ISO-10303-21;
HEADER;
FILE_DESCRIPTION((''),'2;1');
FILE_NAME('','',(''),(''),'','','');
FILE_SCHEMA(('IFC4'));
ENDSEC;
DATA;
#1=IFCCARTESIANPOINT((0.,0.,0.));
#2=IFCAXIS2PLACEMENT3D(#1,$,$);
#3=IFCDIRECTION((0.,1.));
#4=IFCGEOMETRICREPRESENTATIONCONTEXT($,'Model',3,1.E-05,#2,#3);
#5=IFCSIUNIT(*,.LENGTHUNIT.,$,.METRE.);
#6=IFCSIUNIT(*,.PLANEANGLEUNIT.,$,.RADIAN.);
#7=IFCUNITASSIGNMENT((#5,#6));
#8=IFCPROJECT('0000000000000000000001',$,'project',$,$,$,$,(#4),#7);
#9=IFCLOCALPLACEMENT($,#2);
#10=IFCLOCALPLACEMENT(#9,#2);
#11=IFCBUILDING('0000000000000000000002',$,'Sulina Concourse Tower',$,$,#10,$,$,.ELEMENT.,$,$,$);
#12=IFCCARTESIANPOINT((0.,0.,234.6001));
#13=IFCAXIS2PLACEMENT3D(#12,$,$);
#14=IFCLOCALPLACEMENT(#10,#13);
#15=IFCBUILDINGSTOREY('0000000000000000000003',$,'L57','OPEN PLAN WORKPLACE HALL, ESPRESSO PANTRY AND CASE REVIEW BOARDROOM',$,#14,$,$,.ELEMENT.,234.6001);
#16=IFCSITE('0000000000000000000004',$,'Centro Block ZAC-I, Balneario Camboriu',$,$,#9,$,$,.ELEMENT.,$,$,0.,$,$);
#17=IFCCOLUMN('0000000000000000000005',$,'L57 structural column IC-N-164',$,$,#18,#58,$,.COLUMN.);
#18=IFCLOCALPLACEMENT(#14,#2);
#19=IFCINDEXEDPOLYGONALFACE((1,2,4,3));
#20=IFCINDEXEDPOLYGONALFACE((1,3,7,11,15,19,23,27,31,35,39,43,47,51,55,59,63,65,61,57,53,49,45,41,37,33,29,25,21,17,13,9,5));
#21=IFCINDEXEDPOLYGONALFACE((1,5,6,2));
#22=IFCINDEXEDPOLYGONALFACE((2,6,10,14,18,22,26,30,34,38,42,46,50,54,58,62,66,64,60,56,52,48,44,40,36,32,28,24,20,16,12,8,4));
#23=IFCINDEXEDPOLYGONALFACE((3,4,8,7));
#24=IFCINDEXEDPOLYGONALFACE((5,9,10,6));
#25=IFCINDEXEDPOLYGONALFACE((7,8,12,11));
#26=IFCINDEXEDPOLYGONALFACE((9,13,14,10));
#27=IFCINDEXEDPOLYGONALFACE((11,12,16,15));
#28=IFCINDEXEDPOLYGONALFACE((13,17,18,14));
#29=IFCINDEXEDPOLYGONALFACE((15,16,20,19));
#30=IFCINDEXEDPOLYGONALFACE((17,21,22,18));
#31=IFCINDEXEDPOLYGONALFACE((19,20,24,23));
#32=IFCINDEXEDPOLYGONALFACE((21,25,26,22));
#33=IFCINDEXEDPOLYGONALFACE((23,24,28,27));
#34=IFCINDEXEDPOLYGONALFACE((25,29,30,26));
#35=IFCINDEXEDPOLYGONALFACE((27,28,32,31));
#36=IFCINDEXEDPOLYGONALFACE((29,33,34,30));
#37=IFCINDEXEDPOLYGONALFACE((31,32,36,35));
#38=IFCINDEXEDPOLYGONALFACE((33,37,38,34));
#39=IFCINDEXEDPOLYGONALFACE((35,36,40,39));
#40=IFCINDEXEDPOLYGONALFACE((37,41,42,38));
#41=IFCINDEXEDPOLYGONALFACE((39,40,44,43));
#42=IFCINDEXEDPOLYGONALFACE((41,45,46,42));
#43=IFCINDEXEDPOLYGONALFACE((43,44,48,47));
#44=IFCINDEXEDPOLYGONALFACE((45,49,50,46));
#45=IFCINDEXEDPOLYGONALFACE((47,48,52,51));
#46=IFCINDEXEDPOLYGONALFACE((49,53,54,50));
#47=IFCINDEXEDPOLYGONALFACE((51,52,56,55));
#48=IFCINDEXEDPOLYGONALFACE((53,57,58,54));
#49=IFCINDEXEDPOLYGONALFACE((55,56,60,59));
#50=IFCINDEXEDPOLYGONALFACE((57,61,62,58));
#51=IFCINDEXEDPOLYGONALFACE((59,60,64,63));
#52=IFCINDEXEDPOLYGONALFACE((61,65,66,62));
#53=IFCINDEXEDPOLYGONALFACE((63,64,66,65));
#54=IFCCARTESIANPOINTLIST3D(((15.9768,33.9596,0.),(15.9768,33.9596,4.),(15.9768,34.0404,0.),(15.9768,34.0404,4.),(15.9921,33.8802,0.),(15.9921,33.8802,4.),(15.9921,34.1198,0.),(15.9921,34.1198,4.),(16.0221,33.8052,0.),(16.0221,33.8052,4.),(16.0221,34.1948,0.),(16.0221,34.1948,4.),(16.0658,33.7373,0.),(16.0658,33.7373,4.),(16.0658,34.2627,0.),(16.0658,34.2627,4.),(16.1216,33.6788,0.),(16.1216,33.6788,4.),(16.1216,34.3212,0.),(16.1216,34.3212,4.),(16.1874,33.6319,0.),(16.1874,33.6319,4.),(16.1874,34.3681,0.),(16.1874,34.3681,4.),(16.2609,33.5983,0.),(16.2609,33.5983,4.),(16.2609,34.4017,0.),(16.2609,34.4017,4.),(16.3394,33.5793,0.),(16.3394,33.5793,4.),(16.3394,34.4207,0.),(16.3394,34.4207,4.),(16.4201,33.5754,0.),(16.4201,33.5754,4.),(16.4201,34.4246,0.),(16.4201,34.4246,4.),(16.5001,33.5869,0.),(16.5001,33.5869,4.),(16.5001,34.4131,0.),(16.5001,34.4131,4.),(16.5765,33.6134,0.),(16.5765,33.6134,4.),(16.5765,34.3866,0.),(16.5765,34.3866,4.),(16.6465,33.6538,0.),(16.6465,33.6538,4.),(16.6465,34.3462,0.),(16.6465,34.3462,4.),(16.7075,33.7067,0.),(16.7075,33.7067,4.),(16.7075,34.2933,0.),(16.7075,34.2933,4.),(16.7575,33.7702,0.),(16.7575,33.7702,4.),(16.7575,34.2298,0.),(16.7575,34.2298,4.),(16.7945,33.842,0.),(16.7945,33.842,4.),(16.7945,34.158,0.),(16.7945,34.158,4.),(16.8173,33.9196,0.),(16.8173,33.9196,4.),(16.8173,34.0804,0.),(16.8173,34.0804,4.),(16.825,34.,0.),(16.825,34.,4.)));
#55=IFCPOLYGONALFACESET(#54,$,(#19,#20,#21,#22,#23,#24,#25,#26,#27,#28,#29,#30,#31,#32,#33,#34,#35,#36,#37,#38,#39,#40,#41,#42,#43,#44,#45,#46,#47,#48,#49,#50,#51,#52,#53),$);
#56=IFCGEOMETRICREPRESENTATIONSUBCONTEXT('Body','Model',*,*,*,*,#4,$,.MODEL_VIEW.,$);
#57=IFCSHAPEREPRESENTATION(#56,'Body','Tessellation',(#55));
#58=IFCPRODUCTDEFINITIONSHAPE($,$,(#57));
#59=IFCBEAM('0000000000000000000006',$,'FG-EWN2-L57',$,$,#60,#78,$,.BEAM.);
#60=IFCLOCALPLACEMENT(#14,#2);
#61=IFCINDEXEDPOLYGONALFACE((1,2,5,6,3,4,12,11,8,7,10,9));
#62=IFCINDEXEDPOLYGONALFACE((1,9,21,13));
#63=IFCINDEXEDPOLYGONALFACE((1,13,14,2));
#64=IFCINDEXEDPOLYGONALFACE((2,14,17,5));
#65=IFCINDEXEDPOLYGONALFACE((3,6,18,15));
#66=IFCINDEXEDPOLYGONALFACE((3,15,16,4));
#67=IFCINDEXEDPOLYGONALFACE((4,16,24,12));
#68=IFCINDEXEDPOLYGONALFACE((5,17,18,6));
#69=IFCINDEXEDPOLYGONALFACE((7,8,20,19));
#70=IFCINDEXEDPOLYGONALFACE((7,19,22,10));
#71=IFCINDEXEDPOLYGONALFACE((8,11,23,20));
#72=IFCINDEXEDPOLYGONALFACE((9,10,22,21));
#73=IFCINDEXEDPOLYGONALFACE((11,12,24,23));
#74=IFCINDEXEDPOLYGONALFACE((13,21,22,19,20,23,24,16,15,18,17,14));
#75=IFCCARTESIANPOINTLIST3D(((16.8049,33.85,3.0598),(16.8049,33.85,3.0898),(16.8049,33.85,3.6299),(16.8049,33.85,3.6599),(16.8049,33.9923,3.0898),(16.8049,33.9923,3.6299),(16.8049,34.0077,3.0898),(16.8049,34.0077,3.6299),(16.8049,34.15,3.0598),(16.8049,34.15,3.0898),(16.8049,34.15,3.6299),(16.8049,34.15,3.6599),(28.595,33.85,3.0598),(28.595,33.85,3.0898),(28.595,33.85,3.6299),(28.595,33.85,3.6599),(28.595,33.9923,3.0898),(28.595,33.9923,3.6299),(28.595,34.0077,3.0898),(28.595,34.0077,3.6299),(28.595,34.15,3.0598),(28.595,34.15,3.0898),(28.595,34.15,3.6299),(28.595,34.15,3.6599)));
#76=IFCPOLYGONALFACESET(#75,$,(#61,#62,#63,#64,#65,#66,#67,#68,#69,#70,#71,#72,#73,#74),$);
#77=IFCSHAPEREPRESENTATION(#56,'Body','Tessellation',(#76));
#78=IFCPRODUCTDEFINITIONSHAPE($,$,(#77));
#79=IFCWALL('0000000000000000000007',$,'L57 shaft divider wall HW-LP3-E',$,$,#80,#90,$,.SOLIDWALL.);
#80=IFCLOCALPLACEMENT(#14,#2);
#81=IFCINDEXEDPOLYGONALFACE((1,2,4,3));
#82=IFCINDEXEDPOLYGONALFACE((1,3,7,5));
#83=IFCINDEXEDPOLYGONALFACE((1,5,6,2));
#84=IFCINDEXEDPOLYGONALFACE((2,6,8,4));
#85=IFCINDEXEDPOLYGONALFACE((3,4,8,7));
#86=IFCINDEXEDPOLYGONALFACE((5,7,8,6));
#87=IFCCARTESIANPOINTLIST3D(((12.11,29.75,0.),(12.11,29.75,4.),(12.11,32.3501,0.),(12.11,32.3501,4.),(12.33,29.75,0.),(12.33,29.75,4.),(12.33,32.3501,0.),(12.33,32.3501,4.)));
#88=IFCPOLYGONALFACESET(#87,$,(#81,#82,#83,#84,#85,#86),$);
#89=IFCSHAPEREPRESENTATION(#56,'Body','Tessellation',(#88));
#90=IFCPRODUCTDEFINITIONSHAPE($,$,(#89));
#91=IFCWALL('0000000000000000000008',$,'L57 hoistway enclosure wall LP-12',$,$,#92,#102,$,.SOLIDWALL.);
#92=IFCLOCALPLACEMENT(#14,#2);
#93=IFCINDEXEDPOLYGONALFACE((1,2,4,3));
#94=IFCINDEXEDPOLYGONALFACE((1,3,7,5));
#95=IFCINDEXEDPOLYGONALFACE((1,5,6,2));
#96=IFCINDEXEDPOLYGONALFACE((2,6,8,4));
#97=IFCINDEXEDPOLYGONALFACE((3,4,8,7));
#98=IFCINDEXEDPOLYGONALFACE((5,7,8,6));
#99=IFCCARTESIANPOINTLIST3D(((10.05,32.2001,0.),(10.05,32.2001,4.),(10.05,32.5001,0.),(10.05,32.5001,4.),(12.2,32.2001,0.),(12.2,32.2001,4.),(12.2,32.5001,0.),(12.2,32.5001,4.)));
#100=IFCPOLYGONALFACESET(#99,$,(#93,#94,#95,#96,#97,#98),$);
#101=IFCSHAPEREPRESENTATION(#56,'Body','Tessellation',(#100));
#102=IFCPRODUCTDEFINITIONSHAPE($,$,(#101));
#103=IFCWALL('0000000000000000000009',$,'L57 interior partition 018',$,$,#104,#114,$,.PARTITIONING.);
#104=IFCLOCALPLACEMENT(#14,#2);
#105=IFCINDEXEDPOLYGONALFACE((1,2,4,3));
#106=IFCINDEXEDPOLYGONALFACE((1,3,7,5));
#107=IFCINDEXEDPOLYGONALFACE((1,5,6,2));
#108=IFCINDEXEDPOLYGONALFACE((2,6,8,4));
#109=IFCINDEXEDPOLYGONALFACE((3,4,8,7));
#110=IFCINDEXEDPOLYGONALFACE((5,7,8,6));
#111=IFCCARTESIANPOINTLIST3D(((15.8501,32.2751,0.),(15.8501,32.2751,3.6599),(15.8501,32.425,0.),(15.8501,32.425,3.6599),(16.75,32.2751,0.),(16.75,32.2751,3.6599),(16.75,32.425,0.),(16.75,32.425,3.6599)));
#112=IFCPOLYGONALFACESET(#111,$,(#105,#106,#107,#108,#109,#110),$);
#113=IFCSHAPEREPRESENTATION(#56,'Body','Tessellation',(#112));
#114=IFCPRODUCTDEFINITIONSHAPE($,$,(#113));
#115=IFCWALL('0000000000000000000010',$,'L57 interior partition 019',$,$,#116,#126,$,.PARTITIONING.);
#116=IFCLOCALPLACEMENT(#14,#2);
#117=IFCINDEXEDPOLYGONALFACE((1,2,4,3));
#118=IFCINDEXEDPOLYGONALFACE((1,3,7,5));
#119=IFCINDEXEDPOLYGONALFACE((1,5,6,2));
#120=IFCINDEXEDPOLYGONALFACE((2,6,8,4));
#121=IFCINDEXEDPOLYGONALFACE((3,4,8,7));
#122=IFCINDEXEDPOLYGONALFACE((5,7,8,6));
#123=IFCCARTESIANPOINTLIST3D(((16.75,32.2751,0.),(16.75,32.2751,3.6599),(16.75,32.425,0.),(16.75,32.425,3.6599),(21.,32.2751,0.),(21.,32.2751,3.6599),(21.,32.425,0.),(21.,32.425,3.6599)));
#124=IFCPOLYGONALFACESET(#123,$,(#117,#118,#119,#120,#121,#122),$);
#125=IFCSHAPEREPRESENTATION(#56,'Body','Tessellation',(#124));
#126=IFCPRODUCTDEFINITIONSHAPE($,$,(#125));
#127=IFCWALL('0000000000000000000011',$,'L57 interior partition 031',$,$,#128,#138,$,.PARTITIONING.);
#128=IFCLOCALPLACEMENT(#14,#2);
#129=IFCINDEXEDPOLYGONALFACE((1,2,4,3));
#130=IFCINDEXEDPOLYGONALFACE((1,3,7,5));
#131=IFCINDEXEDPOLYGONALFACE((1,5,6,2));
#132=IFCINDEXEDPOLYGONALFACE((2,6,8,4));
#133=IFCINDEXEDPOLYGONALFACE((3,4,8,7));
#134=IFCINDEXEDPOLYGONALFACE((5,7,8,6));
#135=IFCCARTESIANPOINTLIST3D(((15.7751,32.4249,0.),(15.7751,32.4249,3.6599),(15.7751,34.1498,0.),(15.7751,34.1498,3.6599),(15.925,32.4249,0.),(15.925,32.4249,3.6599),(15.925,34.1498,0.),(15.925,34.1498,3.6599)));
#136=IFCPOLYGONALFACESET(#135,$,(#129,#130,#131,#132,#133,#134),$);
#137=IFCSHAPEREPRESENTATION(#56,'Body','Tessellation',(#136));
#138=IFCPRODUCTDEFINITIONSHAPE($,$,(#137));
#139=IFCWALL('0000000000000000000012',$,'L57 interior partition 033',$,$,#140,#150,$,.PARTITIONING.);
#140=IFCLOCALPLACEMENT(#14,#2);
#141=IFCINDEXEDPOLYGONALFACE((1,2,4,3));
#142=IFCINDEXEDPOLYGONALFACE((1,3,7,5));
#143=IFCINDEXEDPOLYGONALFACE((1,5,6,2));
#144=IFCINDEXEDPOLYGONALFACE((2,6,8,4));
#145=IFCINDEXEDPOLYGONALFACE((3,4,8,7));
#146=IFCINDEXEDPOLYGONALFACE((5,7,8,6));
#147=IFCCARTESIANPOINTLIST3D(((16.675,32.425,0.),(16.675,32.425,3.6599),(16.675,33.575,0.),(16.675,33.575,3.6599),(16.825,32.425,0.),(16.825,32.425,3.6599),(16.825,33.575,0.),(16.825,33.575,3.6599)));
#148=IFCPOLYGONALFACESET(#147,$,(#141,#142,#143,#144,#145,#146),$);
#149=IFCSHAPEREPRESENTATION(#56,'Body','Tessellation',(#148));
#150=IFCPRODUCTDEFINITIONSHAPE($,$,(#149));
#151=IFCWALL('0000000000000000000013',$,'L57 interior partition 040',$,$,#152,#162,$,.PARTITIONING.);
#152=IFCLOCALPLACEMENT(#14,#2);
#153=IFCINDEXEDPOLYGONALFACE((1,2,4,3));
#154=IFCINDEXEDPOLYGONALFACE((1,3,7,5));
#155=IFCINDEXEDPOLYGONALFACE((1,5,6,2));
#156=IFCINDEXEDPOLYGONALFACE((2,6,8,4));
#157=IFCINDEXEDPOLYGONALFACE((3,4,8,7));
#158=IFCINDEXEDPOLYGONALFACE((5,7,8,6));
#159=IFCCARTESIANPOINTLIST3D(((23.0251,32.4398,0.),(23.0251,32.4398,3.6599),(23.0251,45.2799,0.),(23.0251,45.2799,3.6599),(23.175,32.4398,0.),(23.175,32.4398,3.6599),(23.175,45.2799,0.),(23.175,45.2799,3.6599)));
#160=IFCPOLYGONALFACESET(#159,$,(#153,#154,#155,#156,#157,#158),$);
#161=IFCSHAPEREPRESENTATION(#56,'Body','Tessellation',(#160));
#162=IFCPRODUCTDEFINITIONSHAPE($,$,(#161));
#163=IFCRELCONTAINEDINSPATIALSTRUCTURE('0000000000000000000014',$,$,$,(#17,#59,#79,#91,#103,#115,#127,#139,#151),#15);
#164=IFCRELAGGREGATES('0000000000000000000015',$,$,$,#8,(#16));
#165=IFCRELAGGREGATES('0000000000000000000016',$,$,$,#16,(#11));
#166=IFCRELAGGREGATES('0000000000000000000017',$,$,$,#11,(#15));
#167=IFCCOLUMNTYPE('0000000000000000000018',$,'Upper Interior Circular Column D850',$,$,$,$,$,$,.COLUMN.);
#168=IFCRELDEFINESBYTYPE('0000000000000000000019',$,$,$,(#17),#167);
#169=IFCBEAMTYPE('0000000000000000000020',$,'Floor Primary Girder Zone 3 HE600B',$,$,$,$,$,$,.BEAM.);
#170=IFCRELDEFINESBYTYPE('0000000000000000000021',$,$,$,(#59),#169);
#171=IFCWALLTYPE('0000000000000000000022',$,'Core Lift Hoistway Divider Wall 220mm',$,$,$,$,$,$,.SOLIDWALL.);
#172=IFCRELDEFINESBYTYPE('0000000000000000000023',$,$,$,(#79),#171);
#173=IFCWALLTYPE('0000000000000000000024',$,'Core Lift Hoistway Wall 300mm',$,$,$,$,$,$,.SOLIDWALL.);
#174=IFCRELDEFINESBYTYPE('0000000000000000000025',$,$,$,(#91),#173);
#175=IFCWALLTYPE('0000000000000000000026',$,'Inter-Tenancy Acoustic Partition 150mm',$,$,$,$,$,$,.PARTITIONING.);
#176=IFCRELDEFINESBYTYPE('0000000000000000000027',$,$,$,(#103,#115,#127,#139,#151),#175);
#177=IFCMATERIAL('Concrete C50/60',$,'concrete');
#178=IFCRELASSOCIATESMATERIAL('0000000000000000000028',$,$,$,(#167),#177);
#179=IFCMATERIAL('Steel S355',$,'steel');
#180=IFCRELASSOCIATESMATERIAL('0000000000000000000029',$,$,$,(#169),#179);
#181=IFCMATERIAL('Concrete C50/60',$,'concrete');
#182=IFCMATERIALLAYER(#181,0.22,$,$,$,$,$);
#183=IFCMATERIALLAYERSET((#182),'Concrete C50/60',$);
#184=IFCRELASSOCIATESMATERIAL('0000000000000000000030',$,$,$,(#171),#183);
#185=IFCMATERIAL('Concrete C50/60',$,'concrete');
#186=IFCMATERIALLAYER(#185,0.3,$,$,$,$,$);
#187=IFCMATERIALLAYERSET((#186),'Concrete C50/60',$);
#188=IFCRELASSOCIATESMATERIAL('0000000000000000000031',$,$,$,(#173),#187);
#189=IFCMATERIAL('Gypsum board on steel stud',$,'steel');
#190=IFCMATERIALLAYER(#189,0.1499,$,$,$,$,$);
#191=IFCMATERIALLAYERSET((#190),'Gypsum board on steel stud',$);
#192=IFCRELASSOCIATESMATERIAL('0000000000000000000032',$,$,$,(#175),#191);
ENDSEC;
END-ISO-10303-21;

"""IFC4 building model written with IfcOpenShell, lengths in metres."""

from ifc_helpers import new_model, si_unit, direction, frame, frame_2d, origin, origin_2d, place, context, subcontext, project, spatial, rectangle, circle, i_section, extrude, material, layer, layer_set, material_profile, profile_set, type_object, element, save


model = new_model("IFC4")

# Units and contexts
model_context = context("Model", 3, precision=1e-05, world=origin(), true_north=direction((0.0, 1.0)))
body_context = subcontext(model_context, "Body", "Model", "MODEL_VIEW")
ifc_project = project(units=[si_unit("LENGTHUNIT", "METRE"), si_unit("PLANEANGLEUNIT", "RADIAN")], contexts=[model_context])

# Site, building, storey
site_placement = place(None, origin())
site = spatial("IfcSite", under=ifc_project, at=site_placement, Name="Centro Block ZAC-I, Balneario Camboriu", CompositionType="ELEMENT", RefElevation=0.0)
building_placement = place(site_placement, origin())
building = spatial("IfcBuilding", under=site, at=building_placement, Name="Sulina Concourse Tower", CompositionType="ELEMENT")
storey_placement = place(building_placement, frame((0.0, 0.0, 234.6001)))
storey = spatial("IfcBuildingStorey", under=building, at=storey_placement, Name="L57", Description="OPEN PLAN WORKPLACE HALL, ESPRESSO PANTRY AND CASE REVIEW BOARDROOM", CompositionType="ELEMENT", Elevation=234.6001)

# Column
ifc_material_1 = material(Name="Concrete C50/60", Category="concrete")
ifc_material_profile_1 = material_profile(ifc_material_1, circle(Radius=0.425, at=origin_2d()), Name="RC D850")
ifc_profile_set_1 = profile_set([ifc_material_profile_1], Name="Concrete C50/60")
column_type = type_object("IfcColumnType", Name="Upper Interior Circular Column D850", PredefinedType="COLUMN", material=ifc_profile_set_1)
column_placement = place(storey_placement, frame((16.3999, 34.0, 0.0), z_axis=(0.0, 0.0, 1.0), x_axis=(1.0, 0.0, 0.0)))
element("IfcColumn", 1, at=column_placement, inside=storey, type_object=column_type, Name="L57 structural column IC-N-164", PredefinedType="COLUMN", context=body_context, shape_type="SweptSolid", body=[
    extrude(circle(Radius=0.425, at=origin_2d()), origin(), (0.0, 0.0, 1.0), 4.0),
])

# Beam
ifc_material_2 = material(Name="Steel S355", Category="steel")
ifc_material_profile_2 = material_profile(ifc_material_2, i_section(OverallWidth=0.3, OverallDepth=0.6001, WebThickness=0.0154, FlangeThickness=0.03, at=origin_2d()), Name="HE 600 B")
ifc_profile_set_2 = profile_set([ifc_material_profile_2], Name="Steel S355")
beam_type = type_object("IfcBeamType", Name="Floor Primary Girder Zone 3 HE600B", PredefinedType="BEAM", material=ifc_profile_set_2)
beam_placement = place(storey_placement, frame((16.8049, 34.0, 3.3599), z_axis=(1.0, 0.0, 0.0), x_axis=(0.0, 1.0, 0.0)))
element("IfcBeam", 2, at=beam_placement, inside=storey, type_object=beam_type, Name="FG-EWN2-L57", PredefinedType="BEAM", context=body_context, shape_type="SweptSolid", body=[
    extrude(i_section(OverallWidth=0.3, OverallDepth=0.6001, WebThickness=0.0154, FlangeThickness=0.03, at=origin_2d()), origin(), (0.0, 0.0, 1.0), 11.79),
])

# Walls
ifc_material_3 = material(Name="Concrete C50/60", Category="concrete")
ifc_layer_1 = layer(ifc_material_3, 0.22)
ifc_layer_set_1 = layer_set([ifc_layer_1], Name="Concrete C50/60")
wall_type_1 = type_object("IfcWallType", Name="Core Lift Hoistway Divider Wall 220mm", PredefinedType="SOLIDWALL", material=ifc_layer_set_1)
wall_1_placement = place(storey_placement, frame((12.22, 29.75, 0.0), z_axis=(0.0, 0.0, 1.0), x_axis=(0.0, 1.0, 0.0)))
element("IfcWall", 3, at=wall_1_placement, inside=storey, type_object=wall_type_1, Name="L57 shaft divider wall HW-LP3-E", PredefinedType="SOLIDWALL", context=body_context, shape_type="SweptSolid", body=[
    extrude(rectangle(XDim=2.6001, YDim=0.22, at=frame_2d((1.3, 0.0))), origin(), (0.0, 0.0, 1.0), 4.0),
])
ifc_material_4 = material(Name="Concrete C50/60", Category="concrete")
ifc_layer_2 = layer(ifc_material_4, 0.3)
ifc_layer_set_2 = layer_set([ifc_layer_2], Name="Concrete C50/60")
wall_type_2 = type_object("IfcWallType", Name="Core Lift Hoistway Wall 300mm", PredefinedType="SOLIDWALL", material=ifc_layer_set_2)
wall_2_placement = place(storey_placement, frame((10.05, 32.3501, 0.0), z_axis=(0.0, 0.0, 1.0), x_axis=(1.0, 0.0, 0.0)))
element("IfcWall", 4, at=wall_2_placement, inside=storey, type_object=wall_type_2, Name="L57 hoistway enclosure wall LP-12", PredefinedType="SOLIDWALL", context=body_context, shape_type="SweptSolid", body=[
    extrude(rectangle(XDim=2.1499, YDim=0.3, at=frame_2d((1.075, 0.0))), origin(), (0.0, 0.0, 1.0), 4.0),
])

# Shared definitions
ifc_material_5 = material(Name="Gypsum board on steel stud", Category="steel")
ifc_layer_3 = layer(ifc_material_5, 0.1499)
ifc_layer_set_3 = layer_set([ifc_layer_3], Name="Gypsum board on steel stud")
wall_type_3 = type_object("IfcWallType", Name="Inter-Tenancy Acoustic Partition 150mm", PredefinedType="PARTITIONING", material=ifc_layer_set_3)

# Walls
wall_3_placement = place(storey_placement, frame((15.8501, 32.3501, 0.0), z_axis=(0.0, 0.0, 1.0), x_axis=(1.0, 0.0, 0.0)))
element("IfcWall", 5, at=wall_3_placement, inside=storey, type_object=wall_type_3, Name="L57 interior partition 018", PredefinedType="PARTITIONING", context=body_context, shape_type="SweptSolid", body=[
    extrude(rectangle(XDim=0.8999, YDim=0.1499, at=frame_2d((0.45, 0.0))), origin(), (0.0, 0.0, 1.0), 3.6599),
])
wall_4_placement = place(storey_placement, frame((16.75, 32.3501, 0.0), z_axis=(0.0, 0.0, 1.0), x_axis=(1.0, 0.0, 0.0)))
element("IfcWall", 6, at=wall_4_placement, inside=storey, type_object=wall_type_3, Name="L57 interior partition 019", PredefinedType="PARTITIONING", context=body_context, shape_type="SweptSolid", body=[
    extrude(rectangle(XDim=4.25, YDim=0.1499, at=frame_2d((2.125, 0.0))), origin(), (0.0, 0.0, 1.0), 3.6599),
])
wall_5_placement = place(storey_placement, frame((15.8501, 32.425, 0.0), z_axis=(0.0, 0.0, 1.0), x_axis=(0.0, 1.0, 0.0)))
element("IfcWall", 7, at=wall_5_placement, inside=storey, type_object=wall_type_3, Name="L57 interior partition 031", PredefinedType="PARTITIONING", context=body_context, shape_type="SweptSolid", body=[
    extrude(rectangle(XDim=1.7249, YDim=0.1499, at=frame_2d((0.8623, 0.0))), origin(), (0.0, 0.0, 1.0), 3.6599),
])
wall_6_placement = place(storey_placement, frame((16.75, 32.425, 0.0), z_axis=(0.0, 0.0, 1.0), x_axis=(0.0, 1.0, 0.0)))
element("IfcWall", 8, at=wall_6_placement, inside=storey, type_object=wall_type_3, Name="L57 interior partition 033", PredefinedType="PARTITIONING", context=body_context, shape_type="SweptSolid", body=[
    extrude(rectangle(XDim=1.1499, YDim=0.1499, at=frame_2d((0.575, 0.0))), origin(), (0.0, 0.0, 1.0), 3.6599),
])
wall_7_placement = place(storey_placement, frame((23.1001, 32.4399, 0.0), z_axis=(0.0, 0.0, 1.0), x_axis=(0.0, 1.0, 0.0)))
element("IfcWall", 9, at=wall_7_placement, inside=storey, type_object=wall_type_3, Name="L57 interior partition 040", PredefinedType="PARTITIONING", context=body_context, shape_type="SweptSolid", body=[
    extrude(rectangle(XDim=12.8401, YDim=0.1499, at=frame_2d((6.4199, 0.0))), origin(), (0.0, 0.0, 1.0), 3.6599),
])

save(model, "model.ifc")
